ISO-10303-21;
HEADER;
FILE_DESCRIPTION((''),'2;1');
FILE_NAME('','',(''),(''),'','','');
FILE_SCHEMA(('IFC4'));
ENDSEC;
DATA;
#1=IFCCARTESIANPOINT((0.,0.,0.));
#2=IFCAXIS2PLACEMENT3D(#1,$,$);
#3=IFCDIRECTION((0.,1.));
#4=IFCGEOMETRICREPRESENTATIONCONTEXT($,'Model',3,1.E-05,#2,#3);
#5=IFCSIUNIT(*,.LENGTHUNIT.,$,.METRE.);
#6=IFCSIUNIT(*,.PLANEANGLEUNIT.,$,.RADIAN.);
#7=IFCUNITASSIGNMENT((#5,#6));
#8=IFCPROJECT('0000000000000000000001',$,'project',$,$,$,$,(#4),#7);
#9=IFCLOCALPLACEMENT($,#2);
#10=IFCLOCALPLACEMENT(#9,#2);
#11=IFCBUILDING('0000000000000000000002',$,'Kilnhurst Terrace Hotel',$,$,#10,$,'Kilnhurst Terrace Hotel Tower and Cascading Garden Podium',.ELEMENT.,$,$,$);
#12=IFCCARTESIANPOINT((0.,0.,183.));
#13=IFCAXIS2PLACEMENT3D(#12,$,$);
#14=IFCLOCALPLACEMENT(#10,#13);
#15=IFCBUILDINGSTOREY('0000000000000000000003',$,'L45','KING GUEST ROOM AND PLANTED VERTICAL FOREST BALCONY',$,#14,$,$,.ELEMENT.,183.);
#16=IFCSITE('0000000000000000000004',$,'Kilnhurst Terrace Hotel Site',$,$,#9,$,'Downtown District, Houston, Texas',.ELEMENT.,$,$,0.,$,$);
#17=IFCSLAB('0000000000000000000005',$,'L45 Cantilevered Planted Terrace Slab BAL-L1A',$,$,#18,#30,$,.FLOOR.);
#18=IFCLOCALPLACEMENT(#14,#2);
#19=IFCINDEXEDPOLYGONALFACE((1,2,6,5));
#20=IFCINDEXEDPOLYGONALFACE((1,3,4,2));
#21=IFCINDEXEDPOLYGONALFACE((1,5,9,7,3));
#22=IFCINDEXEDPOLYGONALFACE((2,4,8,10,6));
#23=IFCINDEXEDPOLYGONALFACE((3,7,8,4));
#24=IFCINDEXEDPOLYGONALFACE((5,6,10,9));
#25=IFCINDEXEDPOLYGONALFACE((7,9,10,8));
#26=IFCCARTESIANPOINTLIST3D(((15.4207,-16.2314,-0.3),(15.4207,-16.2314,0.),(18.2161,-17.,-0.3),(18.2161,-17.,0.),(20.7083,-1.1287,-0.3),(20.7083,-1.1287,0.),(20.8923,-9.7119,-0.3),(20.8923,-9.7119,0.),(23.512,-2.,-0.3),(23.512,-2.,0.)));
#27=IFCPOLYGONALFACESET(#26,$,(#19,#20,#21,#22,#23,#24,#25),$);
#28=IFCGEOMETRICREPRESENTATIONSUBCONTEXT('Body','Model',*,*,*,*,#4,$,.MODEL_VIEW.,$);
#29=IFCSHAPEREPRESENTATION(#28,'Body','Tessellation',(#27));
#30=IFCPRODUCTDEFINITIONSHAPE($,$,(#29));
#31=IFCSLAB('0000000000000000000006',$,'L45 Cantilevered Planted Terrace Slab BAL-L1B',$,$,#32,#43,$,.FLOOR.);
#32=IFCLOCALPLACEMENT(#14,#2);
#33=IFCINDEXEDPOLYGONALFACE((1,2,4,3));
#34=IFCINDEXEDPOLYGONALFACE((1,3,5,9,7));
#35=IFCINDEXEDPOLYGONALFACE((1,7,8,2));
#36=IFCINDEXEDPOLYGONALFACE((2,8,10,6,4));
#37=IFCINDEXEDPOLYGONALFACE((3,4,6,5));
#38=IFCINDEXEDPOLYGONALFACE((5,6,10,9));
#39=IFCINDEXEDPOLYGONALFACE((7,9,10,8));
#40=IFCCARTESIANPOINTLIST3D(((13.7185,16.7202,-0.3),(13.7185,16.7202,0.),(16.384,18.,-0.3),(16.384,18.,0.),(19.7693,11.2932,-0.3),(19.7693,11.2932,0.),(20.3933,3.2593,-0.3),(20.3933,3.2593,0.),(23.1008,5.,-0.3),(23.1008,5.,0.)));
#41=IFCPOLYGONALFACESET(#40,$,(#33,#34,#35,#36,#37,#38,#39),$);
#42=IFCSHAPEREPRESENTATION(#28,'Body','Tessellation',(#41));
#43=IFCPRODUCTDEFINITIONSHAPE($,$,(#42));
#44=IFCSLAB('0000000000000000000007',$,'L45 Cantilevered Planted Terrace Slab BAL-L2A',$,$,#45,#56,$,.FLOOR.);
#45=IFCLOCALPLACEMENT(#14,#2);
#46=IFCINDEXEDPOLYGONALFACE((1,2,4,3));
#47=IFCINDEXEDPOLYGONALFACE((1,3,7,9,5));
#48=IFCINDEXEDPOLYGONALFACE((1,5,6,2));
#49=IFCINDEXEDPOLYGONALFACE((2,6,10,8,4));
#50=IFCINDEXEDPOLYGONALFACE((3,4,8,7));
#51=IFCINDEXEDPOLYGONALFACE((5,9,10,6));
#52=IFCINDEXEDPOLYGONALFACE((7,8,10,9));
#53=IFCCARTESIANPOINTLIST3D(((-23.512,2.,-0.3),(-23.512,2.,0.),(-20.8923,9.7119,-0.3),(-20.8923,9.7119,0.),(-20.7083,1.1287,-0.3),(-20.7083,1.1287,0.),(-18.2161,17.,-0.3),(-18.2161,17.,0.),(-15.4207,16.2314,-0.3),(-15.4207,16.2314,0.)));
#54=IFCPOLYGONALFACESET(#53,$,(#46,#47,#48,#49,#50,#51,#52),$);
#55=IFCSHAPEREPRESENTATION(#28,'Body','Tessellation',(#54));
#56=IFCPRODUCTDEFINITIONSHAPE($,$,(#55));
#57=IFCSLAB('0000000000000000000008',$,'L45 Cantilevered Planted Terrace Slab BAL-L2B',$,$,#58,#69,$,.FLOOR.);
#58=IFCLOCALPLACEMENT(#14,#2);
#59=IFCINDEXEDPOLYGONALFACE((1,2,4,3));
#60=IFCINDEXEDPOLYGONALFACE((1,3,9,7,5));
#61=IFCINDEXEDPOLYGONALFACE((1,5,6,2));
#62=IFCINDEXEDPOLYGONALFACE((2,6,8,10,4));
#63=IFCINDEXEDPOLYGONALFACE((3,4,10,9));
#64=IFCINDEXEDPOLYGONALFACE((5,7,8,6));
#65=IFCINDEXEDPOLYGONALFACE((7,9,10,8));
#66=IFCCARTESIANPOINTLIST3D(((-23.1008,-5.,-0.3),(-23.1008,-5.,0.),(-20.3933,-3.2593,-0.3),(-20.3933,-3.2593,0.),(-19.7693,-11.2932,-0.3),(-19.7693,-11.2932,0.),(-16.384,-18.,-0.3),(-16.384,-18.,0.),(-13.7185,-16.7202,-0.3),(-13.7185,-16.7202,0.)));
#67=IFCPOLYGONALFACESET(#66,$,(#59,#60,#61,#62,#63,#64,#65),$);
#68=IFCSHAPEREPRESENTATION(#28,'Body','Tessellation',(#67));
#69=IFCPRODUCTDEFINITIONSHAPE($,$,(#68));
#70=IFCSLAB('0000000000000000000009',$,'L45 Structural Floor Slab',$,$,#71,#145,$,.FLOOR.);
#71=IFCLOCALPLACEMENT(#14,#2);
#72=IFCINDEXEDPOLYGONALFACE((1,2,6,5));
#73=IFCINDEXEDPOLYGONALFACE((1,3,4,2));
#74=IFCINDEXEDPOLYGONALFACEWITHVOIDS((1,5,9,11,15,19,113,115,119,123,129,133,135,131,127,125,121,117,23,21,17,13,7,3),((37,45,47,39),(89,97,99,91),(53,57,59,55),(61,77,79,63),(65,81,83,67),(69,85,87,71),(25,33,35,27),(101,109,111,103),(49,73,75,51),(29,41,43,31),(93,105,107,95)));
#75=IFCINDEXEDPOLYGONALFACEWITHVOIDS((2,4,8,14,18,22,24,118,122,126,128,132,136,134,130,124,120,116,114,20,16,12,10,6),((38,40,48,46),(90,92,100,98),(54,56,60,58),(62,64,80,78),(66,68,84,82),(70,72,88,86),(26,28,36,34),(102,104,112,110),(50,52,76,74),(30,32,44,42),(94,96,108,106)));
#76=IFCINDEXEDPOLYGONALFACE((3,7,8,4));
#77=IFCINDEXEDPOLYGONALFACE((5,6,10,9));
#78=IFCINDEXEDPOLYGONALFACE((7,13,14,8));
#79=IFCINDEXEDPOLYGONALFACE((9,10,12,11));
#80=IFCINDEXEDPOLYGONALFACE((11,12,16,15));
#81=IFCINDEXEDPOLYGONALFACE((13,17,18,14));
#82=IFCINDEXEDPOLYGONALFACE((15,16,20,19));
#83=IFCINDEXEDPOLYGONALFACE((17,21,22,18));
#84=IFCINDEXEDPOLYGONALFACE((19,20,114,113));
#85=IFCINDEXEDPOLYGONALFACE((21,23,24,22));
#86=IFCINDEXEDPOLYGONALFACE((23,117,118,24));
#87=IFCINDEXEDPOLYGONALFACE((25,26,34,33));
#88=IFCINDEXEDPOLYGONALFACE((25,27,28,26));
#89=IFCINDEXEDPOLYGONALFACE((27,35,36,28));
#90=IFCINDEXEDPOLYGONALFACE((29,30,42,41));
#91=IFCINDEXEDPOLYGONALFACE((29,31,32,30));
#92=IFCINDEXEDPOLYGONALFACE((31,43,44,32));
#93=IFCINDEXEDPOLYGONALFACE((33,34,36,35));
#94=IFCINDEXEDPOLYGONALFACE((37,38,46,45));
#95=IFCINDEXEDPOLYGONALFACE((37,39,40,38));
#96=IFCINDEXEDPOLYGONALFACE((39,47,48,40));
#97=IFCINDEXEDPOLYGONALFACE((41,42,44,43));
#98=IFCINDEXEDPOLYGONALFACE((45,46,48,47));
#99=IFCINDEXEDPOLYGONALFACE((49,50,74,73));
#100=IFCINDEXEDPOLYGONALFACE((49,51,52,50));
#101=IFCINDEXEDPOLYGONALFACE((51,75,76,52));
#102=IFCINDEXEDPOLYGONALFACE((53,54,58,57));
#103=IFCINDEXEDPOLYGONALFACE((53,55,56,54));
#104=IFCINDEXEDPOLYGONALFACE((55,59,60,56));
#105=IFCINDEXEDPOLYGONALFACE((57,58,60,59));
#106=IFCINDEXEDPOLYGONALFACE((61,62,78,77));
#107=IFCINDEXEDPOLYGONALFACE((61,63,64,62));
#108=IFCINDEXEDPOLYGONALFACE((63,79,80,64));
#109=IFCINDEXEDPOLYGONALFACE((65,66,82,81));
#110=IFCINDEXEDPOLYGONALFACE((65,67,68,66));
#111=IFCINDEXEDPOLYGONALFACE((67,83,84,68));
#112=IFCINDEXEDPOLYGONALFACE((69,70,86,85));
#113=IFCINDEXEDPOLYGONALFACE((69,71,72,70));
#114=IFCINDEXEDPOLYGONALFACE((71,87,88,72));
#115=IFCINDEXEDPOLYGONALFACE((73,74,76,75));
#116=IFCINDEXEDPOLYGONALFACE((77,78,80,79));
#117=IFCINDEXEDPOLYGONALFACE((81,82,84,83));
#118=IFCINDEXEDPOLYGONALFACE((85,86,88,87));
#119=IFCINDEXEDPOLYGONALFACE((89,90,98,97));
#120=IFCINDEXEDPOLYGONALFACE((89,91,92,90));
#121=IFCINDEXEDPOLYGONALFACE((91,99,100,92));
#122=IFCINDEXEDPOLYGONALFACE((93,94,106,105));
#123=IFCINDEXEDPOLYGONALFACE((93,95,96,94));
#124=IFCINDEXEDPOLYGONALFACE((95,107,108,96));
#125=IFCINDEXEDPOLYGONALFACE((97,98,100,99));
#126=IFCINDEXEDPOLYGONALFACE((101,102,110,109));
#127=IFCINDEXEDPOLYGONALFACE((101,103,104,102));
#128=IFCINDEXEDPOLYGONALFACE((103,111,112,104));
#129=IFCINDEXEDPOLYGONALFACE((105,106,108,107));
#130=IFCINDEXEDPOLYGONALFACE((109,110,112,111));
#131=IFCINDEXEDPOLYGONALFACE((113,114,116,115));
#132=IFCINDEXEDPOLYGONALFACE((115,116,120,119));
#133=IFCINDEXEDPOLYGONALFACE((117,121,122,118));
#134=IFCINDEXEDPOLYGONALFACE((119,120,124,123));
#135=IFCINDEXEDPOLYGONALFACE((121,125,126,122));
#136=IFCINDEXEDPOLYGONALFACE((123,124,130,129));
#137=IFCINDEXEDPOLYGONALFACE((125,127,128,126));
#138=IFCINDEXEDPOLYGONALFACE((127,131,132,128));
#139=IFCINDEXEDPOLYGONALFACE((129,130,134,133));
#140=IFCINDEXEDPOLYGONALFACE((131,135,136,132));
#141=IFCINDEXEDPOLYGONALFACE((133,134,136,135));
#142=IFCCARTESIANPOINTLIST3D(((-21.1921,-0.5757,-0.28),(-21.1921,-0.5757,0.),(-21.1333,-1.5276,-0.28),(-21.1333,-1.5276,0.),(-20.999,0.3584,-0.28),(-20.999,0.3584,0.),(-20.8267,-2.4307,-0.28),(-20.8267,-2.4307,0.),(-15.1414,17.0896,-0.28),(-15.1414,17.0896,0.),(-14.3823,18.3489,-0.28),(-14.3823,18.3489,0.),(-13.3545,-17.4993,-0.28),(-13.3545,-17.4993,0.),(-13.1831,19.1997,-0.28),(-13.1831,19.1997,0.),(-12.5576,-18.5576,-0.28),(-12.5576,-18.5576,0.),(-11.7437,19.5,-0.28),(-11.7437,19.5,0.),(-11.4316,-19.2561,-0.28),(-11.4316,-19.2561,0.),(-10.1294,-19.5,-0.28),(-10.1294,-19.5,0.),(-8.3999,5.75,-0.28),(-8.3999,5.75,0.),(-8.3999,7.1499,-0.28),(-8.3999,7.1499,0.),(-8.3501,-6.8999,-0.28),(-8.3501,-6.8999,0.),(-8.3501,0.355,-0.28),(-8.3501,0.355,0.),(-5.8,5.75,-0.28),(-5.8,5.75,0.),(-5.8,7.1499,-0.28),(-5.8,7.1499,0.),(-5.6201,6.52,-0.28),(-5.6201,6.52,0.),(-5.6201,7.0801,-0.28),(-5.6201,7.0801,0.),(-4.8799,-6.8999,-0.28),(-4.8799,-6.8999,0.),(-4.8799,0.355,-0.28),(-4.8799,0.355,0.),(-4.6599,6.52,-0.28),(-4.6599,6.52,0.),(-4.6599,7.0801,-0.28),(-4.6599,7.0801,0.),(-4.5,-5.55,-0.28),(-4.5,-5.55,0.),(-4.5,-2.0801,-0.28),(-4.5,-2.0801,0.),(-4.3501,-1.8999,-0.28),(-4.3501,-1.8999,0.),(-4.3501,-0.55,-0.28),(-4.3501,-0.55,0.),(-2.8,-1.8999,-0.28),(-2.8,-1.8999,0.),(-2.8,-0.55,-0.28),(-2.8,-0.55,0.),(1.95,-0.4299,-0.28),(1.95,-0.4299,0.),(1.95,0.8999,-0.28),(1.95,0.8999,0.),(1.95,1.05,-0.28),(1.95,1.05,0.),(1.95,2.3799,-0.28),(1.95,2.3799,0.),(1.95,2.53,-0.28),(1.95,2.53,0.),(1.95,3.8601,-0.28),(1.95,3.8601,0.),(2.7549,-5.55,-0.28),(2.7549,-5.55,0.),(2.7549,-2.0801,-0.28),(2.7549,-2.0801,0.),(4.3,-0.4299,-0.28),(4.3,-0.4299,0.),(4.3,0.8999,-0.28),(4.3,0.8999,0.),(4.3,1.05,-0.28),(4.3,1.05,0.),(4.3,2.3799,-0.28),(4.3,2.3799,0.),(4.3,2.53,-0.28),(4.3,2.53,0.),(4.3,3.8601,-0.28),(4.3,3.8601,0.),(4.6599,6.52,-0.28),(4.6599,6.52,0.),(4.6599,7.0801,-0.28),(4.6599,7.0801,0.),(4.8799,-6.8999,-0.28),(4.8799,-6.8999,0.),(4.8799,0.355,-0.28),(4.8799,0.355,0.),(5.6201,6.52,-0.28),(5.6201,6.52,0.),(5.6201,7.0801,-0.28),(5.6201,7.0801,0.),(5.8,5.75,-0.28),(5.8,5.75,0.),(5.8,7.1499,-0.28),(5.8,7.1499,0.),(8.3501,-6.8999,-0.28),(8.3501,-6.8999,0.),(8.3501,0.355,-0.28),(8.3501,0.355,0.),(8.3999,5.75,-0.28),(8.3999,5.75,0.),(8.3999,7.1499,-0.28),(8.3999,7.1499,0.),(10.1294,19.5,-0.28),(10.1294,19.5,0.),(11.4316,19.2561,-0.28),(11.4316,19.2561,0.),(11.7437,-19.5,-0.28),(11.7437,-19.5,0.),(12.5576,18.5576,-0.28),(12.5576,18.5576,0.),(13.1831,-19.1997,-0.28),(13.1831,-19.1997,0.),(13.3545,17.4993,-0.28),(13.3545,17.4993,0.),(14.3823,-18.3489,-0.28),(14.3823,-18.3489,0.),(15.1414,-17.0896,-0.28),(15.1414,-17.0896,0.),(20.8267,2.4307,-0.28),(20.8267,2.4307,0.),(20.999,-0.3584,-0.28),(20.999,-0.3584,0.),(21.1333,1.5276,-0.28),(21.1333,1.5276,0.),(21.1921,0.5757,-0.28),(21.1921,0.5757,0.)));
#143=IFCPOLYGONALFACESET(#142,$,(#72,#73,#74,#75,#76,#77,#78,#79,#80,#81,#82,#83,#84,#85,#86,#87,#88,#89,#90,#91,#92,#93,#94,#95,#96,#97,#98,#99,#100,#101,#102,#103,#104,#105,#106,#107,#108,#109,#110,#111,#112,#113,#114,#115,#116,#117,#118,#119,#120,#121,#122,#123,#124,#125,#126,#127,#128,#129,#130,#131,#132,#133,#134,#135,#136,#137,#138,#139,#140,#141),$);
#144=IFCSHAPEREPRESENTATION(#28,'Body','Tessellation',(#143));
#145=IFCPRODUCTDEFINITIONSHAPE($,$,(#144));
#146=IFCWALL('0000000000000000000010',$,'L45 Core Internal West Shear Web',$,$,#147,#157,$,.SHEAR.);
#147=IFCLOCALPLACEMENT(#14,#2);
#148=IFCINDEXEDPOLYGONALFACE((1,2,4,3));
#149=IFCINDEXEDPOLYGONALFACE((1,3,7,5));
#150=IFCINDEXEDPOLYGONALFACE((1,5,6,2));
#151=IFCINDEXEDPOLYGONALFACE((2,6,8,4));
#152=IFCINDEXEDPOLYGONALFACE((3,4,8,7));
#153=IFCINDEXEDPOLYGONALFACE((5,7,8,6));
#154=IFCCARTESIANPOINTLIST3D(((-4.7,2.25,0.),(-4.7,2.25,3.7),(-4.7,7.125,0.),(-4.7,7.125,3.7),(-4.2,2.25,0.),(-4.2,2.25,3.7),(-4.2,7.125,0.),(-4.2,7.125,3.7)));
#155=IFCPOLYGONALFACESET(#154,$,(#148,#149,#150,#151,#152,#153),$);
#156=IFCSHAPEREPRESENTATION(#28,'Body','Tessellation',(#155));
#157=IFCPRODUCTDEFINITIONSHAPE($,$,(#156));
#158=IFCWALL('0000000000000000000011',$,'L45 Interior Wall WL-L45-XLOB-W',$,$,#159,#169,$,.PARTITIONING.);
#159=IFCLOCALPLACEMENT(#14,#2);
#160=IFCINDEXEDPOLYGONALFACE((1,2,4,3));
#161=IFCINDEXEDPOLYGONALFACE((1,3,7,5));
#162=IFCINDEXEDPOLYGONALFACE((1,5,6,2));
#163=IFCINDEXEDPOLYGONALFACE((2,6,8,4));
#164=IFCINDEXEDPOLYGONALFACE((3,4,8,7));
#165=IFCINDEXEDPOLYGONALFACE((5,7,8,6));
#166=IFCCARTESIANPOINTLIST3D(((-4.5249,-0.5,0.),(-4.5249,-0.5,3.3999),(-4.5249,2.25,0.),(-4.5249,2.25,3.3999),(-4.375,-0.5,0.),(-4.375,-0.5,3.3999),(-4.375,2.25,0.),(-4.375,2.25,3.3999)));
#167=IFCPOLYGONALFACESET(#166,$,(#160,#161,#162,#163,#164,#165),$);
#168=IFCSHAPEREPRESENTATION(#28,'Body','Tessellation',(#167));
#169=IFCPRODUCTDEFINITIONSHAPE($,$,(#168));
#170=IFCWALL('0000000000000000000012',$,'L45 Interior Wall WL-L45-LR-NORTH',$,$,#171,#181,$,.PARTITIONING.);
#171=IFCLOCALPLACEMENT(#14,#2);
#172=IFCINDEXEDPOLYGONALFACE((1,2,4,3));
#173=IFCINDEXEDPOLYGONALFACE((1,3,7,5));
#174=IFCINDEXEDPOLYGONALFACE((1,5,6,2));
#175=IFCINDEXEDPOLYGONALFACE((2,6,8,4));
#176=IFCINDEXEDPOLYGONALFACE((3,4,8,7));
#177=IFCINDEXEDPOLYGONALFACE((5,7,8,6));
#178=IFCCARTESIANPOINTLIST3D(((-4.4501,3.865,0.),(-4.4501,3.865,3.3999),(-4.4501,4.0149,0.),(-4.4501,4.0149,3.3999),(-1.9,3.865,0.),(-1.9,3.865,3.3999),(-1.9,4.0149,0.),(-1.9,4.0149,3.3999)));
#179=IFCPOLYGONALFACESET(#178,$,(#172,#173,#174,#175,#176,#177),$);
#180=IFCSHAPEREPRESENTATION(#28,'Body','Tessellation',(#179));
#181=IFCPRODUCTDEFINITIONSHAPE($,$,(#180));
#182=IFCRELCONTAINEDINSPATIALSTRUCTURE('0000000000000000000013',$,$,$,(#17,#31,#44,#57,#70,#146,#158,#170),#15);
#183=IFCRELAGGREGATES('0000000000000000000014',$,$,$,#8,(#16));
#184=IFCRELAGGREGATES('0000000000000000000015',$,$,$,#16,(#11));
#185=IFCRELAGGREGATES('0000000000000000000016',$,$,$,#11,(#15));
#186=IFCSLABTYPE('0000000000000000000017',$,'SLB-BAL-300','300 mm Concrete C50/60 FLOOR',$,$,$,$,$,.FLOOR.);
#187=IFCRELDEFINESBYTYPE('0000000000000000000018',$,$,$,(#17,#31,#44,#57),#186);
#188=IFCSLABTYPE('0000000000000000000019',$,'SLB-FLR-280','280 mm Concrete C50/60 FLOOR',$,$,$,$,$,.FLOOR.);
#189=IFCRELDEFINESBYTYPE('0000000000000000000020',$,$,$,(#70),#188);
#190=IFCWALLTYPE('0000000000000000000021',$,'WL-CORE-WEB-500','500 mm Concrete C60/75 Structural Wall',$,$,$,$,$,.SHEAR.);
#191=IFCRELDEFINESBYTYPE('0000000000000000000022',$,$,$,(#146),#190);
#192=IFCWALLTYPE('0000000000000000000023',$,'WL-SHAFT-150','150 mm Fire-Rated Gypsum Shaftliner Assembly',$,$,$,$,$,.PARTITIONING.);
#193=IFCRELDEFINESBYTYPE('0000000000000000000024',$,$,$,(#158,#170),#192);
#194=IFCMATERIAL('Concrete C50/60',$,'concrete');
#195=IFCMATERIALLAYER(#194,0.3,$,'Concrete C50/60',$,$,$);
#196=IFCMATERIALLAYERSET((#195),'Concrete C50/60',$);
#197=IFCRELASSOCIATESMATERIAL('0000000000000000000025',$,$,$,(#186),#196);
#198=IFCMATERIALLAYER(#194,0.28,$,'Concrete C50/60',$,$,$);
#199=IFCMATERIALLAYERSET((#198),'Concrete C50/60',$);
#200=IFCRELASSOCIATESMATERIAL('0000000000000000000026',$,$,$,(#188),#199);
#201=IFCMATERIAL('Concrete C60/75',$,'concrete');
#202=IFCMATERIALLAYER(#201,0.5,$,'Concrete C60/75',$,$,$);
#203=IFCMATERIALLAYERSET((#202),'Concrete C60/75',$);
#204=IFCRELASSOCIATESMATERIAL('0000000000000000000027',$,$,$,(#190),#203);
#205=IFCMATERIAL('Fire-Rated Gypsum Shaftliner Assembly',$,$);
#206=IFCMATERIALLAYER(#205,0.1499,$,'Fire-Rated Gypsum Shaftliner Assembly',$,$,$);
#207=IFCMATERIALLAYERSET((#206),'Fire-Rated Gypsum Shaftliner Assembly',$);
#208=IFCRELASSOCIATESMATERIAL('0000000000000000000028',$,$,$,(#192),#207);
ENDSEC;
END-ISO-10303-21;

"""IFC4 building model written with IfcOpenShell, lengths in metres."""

from ifc_helpers import new_model, si_unit, direction, frame, frame_2d, origin, place, context, subcontext, project, spatial, polyline, rectangle, outline, extrude, material, layer, layer_set, type_object, element, save


model = new_model("IFC4")

# Units and contexts
model_context = context("Model", 3, precision=1e-05, world=origin(), true_north=direction((0.0, 1.0)))
body_context = subcontext(model_context, "Body", "Model", "MODEL_VIEW")
ifc_project = project(units=[si_unit("LENGTHUNIT", "METRE"), si_unit("PLANEANGLEUNIT", "RADIAN")], contexts=[model_context])

# Site, building, storey
site_placement = place(None, origin())
site = spatial("IfcSite", under=ifc_project, at=site_placement, Name="Kilnhurst Terrace Hotel Site", LongName="Downtown District, Houston, Texas", CompositionType="ELEMENT", RefElevation=0.0)
building_placement = place(site_placement, origin())
building = spatial("IfcBuilding", under=site, at=building_placement, Name="Kilnhurst Terrace Hotel", LongName="Kilnhurst Terrace Hotel Tower and Cascading Garden Podium", CompositionType="ELEMENT")
storey_placement = place(building_placement, frame((0.0, 0.0, 183.0)))
storey = spatial("IfcBuildingStorey", under=building, at=storey_placement, Name="L45", Description="KING GUEST ROOM AND PLANTED VERTICAL FOREST BALCONY", CompositionType="ELEMENT", Elevation=183.0)

# Slabs
ifc_material_1 = material(Name="Concrete C50/60", Category="concrete")
ifc_layer_1 = layer(ifc_material_1, 0.3, Name="Concrete C50/60")
ifc_layer_set_1 = layer_set([ifc_layer_1], Name="Concrete C50/60")
slab_type_1 = type_object("IfcSlabType", Name="SLB-BAL-300", Description="300 mm Concrete C50/60 FLOOR", PredefinedType="FLOOR", material=ifc_layer_set_1)
slab_1_placement = place(storey_placement, frame((0.0, 0.0, -0.3)))
element("IfcSlab", 1, at=slab_1_placement, inside=storey, type_object=slab_type_1, Name="L45 Cantilevered Planted Terrace Slab BAL-L1A", PredefinedType="FLOOR", context=body_context, shape_type="SweptSolid", body=[
    extrude(outline(polyline([(20.8923, -9.7119), (18.2161, -17.0), (15.4207, -16.2314), (20.7083, -1.1287), (23.512, -2.0), (20.8923, -9.7119)])), origin(), (0.0, 0.0, 1.0), 0.3),
])
slab_2_placement = place(storey_placement, frame((0.0, 0.0, -0.3)))
element("IfcSlab", 2, at=slab_2_placement, inside=storey, type_object=slab_type_1, Name="L45 Cantilevered Planted Terrace Slab BAL-L1B", PredefinedType="FLOOR", context=body_context, shape_type="SweptSolid", body=[
    extrude(outline(polyline([(23.1008, 5.0), (20.3933, 3.2593), (13.7185, 16.7202), (16.384, 18.0), (19.7693, 11.2932), (23.1008, 5.0)])), origin(), (0.0, 0.0, 1.0), 0.3),
])
slab_3_placement = place(storey_placement, frame((0.0, 0.0, -0.3)))
element("IfcSlab", 3, at=slab_3_placement, inside=storey, type_object=slab_type_1, Name="L45 Cantilevered Planted Terrace Slab BAL-L2A", PredefinedType="FLOOR", context=body_context, shape_type="SweptSolid", body=[
    extrude(outline(polyline([(-18.2161, 17.0), (-15.4207, 16.2314), (-20.7083, 1.1287), (-23.512, 2.0), (-20.8923, 9.7119), (-18.2161, 17.0)])), origin(), (0.0, 0.0, 1.0), 0.3),
])
slab_4_placement = place(storey_placement, frame((0.0, 0.0, -0.3)))
element("IfcSlab", 4, at=slab_4_placement, inside=storey, type_object=slab_type_1, Name="L45 Cantilevered Planted Terrace Slab BAL-L2B", PredefinedType="FLOOR", context=body_context, shape_type="SweptSolid", body=[
    extrude(outline(polyline([(-23.1008, -5.0), (-20.3933, -3.2593), (-13.7185, -16.7202), (-16.384, -18.0), (-19.7693, -11.2932), (-23.1008, -5.0)])), origin(), (0.0, 0.0, 1.0), 0.3),
])
ifc_layer_2 = layer(ifc_material_1, 0.28, Name="Concrete C50/60")
ifc_layer_set_2 = layer_set([ifc_layer_2], Name="Concrete C50/60")
slab_type_2 = type_object("IfcSlabType", Name="SLB-FLR-280", Description="280 mm Concrete C50/60 FLOOR", PredefinedType="FLOOR", material=ifc_layer_set_2)
slab_5_placement = place(storey_placement, frame((0.0, 0.0, -0.28)))
element("IfcSlab", 5, at=slab_5_placement, inside=storey, type_object=slab_type_2, Name="L45 Structural Floor Slab", PredefinedType="FLOOR", context=body_context, shape_type="SweptSolid", body=[
    extrude(outline(polyline([(-13.3545, -17.4993), (-12.5576, -18.5576), (-11.4316, -19.2561), (-10.1294, -19.5), (11.7437, -19.5), (13.1831, -19.1997), (14.3823, -18.3489), (15.1414, -17.0896), (20.999, -0.3584), (21.1921, 0.5757), (21.1333, 1.5276), (20.8267, 2.4307), (13.3545, 17.4993), (12.5576, 18.5576), (11.4316, 19.2561), (10.1294, 19.5), (-11.7437, 19.5), (-13.1831, 19.1997), (-14.3823, 18.3489), (-15.1414, 17.0896), (-20.999, 0.3584), (-21.1921, -0.5757), (-21.1333, -1.5276), (-20.8267, -2.4307), (-13.3545, -17.4993)]), holes=[polyline([(2.7549, -2.0801), (2.7549, -5.55), (-4.5, -5.55), (-4.5, -2.0801), (2.7549, -2.0801)]), polyline([(-8.3501, 0.355), (-4.8799, 0.355), (-4.8799, -6.8999), (-8.3501, -6.8999), (-8.3501, 0.355)]), polyline([(-2.8, -1.8999), (-4.3501, -1.8999), (-4.3501, -0.55), (-2.8, -0.55), (-2.8, -1.8999)]), polyline([(1.95, -0.4299), (1.95, 0.8999), (4.3, 0.8999), (4.3, -0.4299), (1.95, -0.4299)]), polyline([(-8.3999, 5.75), (-8.3999, 7.1499), (-5.8, 7.1499), (-5.8, 5.75), (-8.3999, 5.75)]), polyline([(-4.6599, 6.52), (-5.6201, 6.52), (-5.6201, 7.0801), (-4.6599, 7.0801), (-4.6599, 6.52)]), polyline([(8.3501, 0.355), (8.3501, -6.8999), (4.8799, -6.8999), (4.8799, 0.355), (8.3501, 0.355)]), polyline([(1.95, 1.05), (1.95, 2.3799), (4.3, 2.3799), (4.3, 1.05), (1.95, 1.05)]), polyline([(4.3, 2.53), (1.95, 2.53), (1.95, 3.8601), (4.3, 3.8601), (4.3, 2.53)]), polyline([(5.8, 5.75), (5.8, 7.1499), (8.3999, 7.1499), (8.3999, 5.75), (5.8, 5.75)]), polyline([(4.6599, 6.52), (4.6599, 7.0801), (5.6201, 7.0801), (5.6201, 6.52), (4.6599, 6.52)])]), origin(), (0.0, 0.0, 1.0), 0.28),
])

# Walls
ifc_material_2 = material(Name="Concrete C60/75", Category="concrete")
ifc_layer_3 = layer(ifc_material_2, 0.5, Name="Concrete C60/75")
ifc_layer_set_3 = layer_set([ifc_layer_3], Name="Concrete C60/75")
wall_type_1 = type_object("IfcWallType", Name="WL-CORE-WEB-500", Description="500 mm Concrete C60/75 Structural Wall", PredefinedType="SHEAR", material=ifc_layer_set_3)
wall_1_placement = place(storey_placement, frame((-4.45, 2.25, 0.0), z_axis=(0.0, 0.0, 1.0), x_axis=(0.0, 1.0, 0.0)))
element("IfcWall", 6, at=wall_1_placement, inside=storey, type_object=wall_type_1, Name="L45 Core Internal West Shear Web", PredefinedType="SHEAR", context=body_context, shape_type="SweptSolid", body=[
    extrude(rectangle(XDim=4.875, YDim=0.5, at=frame_2d((2.4375, 0.0))), origin(), (0.0, 0.0, 1.0), 3.7),
])
ifc_material_3 = material(Name="Fire-Rated Gypsum Shaftliner Assembly")
ifc_layer_4 = layer(ifc_material_3, 0.1499, Name="Fire-Rated Gypsum Shaftliner Assembly")
ifc_layer_set_4 = layer_set([ifc_layer_4], Name="Fire-Rated Gypsum Shaftliner Assembly")
wall_type_2 = type_object("IfcWallType", Name="WL-SHAFT-150", Description="150 mm Fire-Rated Gypsum Shaftliner Assembly", PredefinedType="PARTITIONING", material=ifc_layer_set_4)
wall_2_placement = place(storey_placement, frame((-4.45, -0.5, 0.0), z_axis=(0.0, 0.0, 1.0), x_axis=(0.0, 1.0, 0.0)))
element("IfcWall", 7, at=wall_2_placement, inside=storey, type_object=wall_type_2, Name="L45 Interior Wall WL-L45-XLOB-W", PredefinedType="PARTITIONING", context=body_context, shape_type="SweptSolid", body=[
    extrude(rectangle(XDim=2.75, YDim=0.1499, at=frame_2d((1.375, 0.0))), origin(), (0.0, 0.0, 1.0), 3.3999),
])
wall_3_placement = place(storey_placement, frame((-4.45, 3.9399, 0.0), z_axis=(0.0, 0.0, 1.0), x_axis=(1.0, 0.0, 0.0)))
element("IfcWall", 8, at=wall_3_placement, inside=storey, type_object=wall_type_2, Name="L45 Interior Wall WL-L45-LR-NORTH", PredefinedType="PARTITIONING", context=body_context, shape_type="SweptSolid", body=[
    extrude(rectangle(XDim=2.55, YDim=0.1499, at=frame_2d((1.2749, 0.0))), origin(), (0.0, 0.0, 1.0), 3.3999),
])

save(model, "model.ifc")
